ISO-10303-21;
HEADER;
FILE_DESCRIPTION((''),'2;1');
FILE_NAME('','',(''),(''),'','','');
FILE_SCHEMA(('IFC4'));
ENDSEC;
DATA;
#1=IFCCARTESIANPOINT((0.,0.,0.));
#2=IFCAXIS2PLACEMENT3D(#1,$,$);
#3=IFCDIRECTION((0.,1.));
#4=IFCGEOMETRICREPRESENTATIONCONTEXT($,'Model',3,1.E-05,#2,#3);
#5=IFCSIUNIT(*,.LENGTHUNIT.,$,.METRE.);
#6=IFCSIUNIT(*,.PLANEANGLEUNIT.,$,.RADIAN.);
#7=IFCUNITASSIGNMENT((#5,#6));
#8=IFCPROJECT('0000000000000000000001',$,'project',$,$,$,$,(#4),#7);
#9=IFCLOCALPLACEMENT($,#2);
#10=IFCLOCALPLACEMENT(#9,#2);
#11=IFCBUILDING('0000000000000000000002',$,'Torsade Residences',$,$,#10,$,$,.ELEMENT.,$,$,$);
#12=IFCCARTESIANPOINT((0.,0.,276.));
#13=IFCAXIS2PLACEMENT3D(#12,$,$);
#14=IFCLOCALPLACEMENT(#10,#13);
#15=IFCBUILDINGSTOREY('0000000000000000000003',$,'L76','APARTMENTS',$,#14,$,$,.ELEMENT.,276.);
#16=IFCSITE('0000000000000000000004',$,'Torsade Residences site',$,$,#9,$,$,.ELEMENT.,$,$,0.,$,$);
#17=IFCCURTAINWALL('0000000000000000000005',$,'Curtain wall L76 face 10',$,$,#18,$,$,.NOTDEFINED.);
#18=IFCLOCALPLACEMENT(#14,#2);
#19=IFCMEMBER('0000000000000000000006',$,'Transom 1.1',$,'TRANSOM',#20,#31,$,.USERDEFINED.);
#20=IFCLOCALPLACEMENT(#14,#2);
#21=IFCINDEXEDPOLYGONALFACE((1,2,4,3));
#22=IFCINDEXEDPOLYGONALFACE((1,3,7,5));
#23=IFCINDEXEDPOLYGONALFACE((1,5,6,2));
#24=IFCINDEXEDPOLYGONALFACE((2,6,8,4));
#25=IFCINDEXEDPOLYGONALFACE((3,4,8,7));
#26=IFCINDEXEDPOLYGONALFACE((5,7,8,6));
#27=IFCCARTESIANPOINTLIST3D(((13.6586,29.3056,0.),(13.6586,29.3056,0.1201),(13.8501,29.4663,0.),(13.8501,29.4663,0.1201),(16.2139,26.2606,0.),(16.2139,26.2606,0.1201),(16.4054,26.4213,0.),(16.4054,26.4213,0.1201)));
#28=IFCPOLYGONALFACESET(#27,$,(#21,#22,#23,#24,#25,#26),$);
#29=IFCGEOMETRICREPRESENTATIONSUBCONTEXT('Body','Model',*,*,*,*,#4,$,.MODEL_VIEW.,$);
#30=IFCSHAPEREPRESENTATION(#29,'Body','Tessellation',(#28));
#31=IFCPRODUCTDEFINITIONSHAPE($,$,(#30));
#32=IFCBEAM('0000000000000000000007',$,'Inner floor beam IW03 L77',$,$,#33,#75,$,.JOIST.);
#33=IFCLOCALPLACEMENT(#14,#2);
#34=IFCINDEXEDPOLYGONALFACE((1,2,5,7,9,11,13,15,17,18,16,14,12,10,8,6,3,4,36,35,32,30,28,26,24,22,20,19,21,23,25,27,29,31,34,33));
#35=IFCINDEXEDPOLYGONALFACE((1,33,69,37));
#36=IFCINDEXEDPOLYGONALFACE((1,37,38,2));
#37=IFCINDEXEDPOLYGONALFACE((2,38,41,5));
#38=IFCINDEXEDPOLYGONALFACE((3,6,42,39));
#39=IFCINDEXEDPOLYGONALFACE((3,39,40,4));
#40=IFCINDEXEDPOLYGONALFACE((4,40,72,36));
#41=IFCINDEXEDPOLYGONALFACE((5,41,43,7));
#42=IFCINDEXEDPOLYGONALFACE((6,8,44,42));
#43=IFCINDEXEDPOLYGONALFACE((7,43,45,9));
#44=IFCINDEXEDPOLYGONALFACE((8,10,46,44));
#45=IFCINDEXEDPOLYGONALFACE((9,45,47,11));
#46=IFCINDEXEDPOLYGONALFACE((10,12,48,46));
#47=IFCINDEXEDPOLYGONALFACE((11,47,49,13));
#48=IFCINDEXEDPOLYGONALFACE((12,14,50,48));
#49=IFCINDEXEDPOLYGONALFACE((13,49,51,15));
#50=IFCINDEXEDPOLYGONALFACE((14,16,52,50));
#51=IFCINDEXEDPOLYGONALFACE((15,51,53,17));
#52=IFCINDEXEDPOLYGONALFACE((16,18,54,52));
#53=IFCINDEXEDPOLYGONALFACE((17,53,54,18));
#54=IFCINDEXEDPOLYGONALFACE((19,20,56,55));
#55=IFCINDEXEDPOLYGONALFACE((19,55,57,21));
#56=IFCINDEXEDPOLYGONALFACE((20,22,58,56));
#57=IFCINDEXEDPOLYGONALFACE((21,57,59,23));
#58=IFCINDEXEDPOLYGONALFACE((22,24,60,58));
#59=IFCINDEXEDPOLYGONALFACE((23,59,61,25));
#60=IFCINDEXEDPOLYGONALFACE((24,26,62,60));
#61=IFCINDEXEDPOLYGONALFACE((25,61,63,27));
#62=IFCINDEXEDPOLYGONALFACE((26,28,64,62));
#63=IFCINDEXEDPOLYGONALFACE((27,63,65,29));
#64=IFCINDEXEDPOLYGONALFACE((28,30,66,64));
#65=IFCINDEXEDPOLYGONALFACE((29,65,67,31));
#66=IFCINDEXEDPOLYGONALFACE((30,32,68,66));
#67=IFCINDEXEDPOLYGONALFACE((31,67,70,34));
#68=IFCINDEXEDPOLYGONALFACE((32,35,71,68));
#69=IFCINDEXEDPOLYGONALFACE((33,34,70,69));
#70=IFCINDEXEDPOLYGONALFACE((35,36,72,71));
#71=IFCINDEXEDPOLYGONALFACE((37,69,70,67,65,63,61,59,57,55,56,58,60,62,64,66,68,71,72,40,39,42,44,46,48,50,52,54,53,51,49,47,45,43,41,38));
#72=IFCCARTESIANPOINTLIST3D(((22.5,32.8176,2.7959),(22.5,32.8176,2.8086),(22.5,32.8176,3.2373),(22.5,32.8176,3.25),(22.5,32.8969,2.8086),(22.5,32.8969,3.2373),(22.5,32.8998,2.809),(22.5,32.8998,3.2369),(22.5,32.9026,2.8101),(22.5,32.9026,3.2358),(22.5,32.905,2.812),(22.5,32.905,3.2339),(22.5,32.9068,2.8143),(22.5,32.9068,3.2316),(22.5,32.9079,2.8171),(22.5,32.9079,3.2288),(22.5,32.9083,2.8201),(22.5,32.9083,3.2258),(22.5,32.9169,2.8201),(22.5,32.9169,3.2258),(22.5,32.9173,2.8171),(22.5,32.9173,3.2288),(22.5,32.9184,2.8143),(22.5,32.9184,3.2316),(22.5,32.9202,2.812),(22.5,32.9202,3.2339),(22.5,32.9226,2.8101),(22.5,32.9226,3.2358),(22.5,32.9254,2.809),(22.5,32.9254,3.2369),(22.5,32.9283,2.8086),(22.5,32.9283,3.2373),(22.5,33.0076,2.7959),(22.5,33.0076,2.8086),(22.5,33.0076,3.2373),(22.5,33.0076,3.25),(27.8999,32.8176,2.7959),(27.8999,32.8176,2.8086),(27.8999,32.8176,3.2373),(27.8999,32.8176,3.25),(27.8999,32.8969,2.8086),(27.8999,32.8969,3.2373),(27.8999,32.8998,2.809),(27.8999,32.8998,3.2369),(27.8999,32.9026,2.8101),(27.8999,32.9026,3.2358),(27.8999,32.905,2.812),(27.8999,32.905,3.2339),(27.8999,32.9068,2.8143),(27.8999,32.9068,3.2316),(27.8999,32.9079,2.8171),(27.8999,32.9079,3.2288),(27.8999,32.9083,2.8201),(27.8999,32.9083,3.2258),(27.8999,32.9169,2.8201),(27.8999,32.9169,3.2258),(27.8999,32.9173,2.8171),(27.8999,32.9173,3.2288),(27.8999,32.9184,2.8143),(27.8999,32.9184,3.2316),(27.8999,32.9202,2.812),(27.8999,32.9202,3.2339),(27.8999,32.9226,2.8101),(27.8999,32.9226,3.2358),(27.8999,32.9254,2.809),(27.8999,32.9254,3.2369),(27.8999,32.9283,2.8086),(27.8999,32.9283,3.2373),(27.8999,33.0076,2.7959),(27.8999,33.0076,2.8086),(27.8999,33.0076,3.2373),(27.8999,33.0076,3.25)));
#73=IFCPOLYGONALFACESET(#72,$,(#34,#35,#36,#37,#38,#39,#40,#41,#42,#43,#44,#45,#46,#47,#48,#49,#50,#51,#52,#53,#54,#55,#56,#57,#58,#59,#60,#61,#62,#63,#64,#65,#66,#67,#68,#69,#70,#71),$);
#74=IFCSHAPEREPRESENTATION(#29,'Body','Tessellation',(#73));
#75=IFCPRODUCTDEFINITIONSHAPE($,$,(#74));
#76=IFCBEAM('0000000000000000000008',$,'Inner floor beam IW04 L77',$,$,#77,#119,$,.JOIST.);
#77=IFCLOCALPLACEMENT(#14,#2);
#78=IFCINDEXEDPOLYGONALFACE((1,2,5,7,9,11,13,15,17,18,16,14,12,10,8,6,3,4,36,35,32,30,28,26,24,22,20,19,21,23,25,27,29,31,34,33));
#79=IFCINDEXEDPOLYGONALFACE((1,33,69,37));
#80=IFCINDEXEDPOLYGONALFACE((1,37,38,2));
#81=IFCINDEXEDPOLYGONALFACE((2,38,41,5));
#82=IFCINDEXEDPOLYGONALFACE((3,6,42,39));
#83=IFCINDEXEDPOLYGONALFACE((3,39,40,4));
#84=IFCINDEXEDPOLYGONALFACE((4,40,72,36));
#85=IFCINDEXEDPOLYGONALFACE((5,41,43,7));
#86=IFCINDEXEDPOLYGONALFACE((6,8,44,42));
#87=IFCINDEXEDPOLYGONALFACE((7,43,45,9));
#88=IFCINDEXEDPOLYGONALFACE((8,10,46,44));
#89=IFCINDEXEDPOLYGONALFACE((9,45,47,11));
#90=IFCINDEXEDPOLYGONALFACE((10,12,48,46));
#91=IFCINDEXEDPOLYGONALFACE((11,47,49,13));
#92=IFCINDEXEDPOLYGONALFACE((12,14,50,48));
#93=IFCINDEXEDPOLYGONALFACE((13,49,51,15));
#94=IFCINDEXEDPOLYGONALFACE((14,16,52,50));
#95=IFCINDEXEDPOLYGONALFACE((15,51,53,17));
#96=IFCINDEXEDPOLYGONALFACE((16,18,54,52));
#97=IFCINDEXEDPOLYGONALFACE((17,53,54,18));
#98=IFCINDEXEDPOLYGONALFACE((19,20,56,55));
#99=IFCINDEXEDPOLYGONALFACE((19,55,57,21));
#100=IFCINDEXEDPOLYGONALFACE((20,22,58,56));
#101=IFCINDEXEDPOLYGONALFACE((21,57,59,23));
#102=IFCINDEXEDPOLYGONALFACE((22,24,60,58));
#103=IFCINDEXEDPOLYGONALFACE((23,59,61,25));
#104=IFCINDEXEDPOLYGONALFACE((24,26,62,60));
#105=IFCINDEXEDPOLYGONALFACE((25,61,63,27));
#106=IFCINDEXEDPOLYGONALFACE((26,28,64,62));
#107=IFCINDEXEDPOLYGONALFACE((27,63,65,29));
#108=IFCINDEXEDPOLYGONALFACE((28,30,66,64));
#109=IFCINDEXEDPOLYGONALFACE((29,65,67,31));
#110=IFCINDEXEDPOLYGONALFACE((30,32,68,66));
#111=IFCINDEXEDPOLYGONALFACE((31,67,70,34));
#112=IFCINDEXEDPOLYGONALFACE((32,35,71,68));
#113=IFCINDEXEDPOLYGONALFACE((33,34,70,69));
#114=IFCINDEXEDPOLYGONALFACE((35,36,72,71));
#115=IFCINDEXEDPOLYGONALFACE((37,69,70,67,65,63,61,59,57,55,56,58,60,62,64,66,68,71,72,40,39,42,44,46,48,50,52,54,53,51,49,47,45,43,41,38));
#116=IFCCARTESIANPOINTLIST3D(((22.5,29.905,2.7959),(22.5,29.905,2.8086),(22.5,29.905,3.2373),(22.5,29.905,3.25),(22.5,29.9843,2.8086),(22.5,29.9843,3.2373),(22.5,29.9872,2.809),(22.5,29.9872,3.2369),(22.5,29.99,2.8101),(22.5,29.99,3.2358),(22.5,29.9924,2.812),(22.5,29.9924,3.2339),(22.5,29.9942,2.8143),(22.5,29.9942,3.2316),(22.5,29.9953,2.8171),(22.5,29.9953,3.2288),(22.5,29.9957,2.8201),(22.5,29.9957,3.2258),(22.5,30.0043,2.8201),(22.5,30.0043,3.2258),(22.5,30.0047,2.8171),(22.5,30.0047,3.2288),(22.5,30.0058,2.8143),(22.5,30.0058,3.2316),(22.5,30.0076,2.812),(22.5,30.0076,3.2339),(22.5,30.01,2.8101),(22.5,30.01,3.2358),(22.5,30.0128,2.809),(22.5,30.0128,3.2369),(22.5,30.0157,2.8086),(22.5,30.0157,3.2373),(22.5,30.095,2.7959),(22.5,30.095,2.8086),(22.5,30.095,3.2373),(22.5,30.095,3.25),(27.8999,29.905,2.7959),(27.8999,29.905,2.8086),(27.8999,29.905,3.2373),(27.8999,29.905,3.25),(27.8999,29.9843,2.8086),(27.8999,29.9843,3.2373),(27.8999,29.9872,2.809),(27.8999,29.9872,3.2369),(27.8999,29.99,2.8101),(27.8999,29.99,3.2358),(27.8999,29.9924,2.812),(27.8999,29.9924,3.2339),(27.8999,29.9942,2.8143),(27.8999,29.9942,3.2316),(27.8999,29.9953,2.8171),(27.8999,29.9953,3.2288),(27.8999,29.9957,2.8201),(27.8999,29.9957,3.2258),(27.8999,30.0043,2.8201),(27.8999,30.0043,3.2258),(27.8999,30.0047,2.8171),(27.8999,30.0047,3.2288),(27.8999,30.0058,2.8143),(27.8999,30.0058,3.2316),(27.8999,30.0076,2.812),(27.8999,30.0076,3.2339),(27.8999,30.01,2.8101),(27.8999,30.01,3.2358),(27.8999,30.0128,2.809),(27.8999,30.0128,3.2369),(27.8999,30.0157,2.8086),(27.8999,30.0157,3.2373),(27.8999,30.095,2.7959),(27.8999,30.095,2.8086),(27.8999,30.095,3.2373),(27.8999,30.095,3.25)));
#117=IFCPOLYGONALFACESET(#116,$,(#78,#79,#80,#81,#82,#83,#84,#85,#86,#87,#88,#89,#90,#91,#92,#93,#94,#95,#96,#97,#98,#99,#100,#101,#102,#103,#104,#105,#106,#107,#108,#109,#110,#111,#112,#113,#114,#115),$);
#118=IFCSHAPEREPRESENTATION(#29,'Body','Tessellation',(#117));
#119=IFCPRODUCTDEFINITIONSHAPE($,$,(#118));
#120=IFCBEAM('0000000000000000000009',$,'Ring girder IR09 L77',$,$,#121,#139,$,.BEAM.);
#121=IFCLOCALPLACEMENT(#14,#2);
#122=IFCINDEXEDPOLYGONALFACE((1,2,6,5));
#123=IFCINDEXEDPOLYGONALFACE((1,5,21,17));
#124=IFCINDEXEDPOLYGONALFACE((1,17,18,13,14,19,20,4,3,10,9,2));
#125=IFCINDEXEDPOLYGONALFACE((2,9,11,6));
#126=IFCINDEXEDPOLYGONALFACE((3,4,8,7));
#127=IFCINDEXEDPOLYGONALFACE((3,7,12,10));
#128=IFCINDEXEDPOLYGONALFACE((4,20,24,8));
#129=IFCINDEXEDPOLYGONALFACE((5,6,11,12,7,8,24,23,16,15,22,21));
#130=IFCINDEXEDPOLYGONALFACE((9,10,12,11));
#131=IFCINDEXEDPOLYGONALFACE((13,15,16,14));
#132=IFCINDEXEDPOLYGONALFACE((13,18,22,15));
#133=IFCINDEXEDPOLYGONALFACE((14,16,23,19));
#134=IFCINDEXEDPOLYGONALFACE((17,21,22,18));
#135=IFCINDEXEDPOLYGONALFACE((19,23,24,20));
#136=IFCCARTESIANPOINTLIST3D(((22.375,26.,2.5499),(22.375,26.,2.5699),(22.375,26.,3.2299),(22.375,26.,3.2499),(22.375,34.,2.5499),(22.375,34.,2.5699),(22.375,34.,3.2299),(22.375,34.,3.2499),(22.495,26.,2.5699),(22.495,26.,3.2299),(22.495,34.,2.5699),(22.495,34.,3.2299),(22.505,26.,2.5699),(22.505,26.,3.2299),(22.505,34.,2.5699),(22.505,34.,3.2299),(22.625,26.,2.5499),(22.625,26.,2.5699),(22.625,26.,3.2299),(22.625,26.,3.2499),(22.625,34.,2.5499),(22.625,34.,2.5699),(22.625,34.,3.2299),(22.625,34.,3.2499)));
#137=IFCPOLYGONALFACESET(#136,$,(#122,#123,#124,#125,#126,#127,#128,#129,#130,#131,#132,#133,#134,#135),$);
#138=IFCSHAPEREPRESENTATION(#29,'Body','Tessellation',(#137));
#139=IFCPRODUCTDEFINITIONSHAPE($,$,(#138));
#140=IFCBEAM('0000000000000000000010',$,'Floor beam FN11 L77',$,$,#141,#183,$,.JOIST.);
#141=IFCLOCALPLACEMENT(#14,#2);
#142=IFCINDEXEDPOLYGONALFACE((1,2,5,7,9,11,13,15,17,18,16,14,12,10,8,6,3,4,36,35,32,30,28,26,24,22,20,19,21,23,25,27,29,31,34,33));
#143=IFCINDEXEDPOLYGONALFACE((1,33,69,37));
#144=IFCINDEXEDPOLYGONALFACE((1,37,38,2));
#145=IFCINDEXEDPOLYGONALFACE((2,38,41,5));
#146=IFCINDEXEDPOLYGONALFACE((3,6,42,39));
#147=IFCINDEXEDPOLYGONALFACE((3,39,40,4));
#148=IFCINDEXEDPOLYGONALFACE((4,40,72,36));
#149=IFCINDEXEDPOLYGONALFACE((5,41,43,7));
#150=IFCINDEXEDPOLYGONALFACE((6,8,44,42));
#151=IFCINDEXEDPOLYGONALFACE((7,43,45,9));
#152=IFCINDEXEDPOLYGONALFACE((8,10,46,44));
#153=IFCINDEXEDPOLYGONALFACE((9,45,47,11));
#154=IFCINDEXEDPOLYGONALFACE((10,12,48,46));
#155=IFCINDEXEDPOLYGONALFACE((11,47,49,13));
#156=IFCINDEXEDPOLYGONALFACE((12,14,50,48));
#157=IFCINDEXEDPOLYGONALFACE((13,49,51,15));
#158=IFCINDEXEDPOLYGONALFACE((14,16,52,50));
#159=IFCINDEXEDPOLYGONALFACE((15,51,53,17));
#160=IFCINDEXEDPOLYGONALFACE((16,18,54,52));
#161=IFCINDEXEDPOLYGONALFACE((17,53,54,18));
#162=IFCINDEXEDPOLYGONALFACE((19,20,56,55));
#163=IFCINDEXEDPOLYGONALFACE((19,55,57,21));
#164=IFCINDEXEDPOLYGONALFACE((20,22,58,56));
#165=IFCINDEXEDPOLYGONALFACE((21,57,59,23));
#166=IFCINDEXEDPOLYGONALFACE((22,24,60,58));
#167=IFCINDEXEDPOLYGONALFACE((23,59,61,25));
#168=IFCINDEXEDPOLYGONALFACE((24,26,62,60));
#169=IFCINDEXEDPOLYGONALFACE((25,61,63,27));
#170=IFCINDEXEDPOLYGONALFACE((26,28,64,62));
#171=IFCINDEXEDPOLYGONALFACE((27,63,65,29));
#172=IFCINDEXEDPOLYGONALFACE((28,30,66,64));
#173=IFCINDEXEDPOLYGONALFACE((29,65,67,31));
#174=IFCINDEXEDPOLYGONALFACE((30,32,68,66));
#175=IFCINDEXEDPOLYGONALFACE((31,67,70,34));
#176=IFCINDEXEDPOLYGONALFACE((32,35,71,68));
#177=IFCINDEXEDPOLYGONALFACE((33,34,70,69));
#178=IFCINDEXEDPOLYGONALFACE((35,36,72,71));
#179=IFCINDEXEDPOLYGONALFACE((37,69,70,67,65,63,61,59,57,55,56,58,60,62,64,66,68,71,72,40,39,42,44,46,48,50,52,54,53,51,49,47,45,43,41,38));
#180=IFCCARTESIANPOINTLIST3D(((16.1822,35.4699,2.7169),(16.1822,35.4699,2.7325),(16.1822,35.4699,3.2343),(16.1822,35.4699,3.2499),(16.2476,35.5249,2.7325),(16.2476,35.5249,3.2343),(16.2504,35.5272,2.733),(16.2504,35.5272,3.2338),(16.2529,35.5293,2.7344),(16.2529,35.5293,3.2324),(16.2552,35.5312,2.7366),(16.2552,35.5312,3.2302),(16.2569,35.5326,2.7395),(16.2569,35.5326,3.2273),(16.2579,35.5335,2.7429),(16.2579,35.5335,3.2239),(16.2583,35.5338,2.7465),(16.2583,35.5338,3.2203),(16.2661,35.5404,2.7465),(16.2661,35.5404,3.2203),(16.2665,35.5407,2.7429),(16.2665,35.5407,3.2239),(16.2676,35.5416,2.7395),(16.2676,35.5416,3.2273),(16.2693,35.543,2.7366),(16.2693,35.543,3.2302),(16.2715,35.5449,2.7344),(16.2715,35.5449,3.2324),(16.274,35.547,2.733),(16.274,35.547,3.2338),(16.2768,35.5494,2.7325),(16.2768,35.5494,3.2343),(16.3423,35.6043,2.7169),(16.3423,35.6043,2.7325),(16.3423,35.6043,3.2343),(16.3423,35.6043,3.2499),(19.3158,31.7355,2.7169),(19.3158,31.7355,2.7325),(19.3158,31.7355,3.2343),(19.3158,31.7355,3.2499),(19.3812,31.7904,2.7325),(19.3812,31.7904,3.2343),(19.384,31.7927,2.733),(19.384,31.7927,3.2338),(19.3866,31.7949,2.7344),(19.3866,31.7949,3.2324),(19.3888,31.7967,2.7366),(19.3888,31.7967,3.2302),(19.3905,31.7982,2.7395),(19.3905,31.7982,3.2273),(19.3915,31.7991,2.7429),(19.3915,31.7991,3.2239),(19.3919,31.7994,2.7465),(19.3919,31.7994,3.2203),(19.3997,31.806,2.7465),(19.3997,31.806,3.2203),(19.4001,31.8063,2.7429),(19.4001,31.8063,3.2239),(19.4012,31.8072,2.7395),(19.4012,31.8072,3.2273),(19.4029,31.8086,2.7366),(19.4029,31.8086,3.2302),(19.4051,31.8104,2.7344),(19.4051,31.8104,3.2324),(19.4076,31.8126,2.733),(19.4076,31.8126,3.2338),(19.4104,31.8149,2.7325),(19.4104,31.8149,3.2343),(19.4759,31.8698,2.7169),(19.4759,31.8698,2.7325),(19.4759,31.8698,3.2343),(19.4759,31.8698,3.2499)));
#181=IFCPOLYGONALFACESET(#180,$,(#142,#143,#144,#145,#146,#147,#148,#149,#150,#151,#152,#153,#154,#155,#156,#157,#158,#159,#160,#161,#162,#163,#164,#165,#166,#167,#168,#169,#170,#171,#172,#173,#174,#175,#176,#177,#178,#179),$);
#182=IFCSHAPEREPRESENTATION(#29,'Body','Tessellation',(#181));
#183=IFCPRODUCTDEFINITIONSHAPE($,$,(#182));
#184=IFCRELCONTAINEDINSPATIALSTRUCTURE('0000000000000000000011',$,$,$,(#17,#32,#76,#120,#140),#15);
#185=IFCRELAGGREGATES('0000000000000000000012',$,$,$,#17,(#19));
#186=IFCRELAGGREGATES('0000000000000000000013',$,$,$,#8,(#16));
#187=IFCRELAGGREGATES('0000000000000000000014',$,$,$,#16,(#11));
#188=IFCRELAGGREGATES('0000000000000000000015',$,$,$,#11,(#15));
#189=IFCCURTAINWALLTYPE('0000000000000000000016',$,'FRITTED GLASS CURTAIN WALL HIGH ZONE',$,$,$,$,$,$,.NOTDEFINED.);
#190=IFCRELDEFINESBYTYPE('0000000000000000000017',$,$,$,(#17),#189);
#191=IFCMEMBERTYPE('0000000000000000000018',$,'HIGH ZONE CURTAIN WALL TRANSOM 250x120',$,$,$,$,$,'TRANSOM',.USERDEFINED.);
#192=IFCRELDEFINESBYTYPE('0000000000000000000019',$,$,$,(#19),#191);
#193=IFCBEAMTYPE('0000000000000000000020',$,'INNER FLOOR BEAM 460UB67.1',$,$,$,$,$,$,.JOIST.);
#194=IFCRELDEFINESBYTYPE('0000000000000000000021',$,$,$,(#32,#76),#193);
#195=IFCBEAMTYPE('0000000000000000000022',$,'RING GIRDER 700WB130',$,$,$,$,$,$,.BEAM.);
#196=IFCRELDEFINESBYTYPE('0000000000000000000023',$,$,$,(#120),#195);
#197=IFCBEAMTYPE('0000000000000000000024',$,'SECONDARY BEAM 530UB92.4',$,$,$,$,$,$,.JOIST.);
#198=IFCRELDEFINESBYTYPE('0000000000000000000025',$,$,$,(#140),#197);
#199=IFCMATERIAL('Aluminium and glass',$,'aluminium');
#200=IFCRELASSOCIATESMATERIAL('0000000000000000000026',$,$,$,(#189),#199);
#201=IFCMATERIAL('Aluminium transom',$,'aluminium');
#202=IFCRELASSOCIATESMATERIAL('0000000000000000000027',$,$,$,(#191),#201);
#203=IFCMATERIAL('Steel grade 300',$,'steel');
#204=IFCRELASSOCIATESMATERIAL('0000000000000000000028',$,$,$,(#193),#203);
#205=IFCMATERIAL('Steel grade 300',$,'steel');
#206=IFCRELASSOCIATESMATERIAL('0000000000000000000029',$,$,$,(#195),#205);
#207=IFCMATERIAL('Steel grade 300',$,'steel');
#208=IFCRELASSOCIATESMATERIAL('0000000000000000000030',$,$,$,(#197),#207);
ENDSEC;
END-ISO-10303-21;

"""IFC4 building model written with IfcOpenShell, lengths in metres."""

from ifc_helpers import new_model, si_unit, direction, frame, origin, origin_2d, place, context, subcontext, project, spatial, rectangle, i_section, extrude, material, material_profile, profile_set, type_object, element, aggregate, save


model = new_model("IFC4")

# Units and contexts
model_context = context("Model", 3, precision=1e-05, world=origin(), true_north=direction((0.0, 1.0)))
body_context = subcontext(model_context, "Body", "Model", "MODEL_VIEW")
ifc_project = project(units=[si_unit("LENGTHUNIT", "METRE"), si_unit("PLANEANGLEUNIT", "RADIAN")], contexts=[model_context])

# Site, building, storey
site_placement = place(None, origin())
site = spatial("IfcSite", under=ifc_project, at=site_placement, Name="Torsade Residences site", CompositionType="ELEMENT", RefElevation=0.0)
building_placement = place(site_placement, origin())
building = spatial("IfcBuilding", under=site, at=building_placement, Name="Torsade Residences", CompositionType="ELEMENT")
storey_placement = place(building_placement, frame((0.0, 0.0, 276.0)))
storey = spatial("IfcBuildingStorey", under=building, at=storey_placement, Name="L76", Description="APARTMENTS", CompositionType="ELEMENT", Elevation=276.0)

# Shared definitions
ifc_material_1 = material(Name="Aluminium and glass", Category="aluminium")
curtain_wall_type = type_object("IfcCurtainWallType", Name="FRITTED GLASS CURTAIN WALL HIGH ZONE", PredefinedType="NOTDEFINED", material=ifc_material_1)

# Curtain wall, member
curtain_wall_1_placement = place(storey_placement, origin())
curtain_wall_1 = element("IfcCurtainWall", 1, at=curtain_wall_1_placement, inside=storey, type_object=curtain_wall_type, Name="Curtain wall L76 face 10", PredefinedType="NOTDEFINED")
ifc_material_2 = material(Name="Aluminium transom", Category="aluminium")
ifc_material_profile_1 = material_profile(ifc_material_2, rectangle(XDim=0.25, YDim=0.1201, at=origin_2d()), Name="HIGH ZONE CURTAIN WALL TRANSOM 250x120")
ifc_profile_set_1 = profile_set([ifc_material_profile_1], Name="Aluminium transom")
member_type_1 = type_object("IfcMemberType", Name="HIGH ZONE CURTAIN WALL TRANSOM 250x120", ElementType="TRANSOM", PredefinedType="USERDEFINED", material=ifc_profile_set_1)
member_1_placement = place(storey_placement, frame((13.7544, 29.386, 0.0601), z_axis=(0.642815, -0.766022, 0.0), x_axis=(0.766022, 0.642815, 0.0)))
member_1 = element("IfcMember", 2, at=member_1_placement, type_object=member_type_1, Name="Transom 1.1", ObjectType="TRANSOM", PredefinedType="USERDEFINED", context=body_context, shape_type="SweptSolid", body=[
    extrude(rectangle(XDim=0.25, YDim=0.1201, at=origin_2d()), origin(), (0.0, 0.0, 1.0), 3.9751),
])
aggregate(curtain_wall_1, [member_1])

# Beams
ifc_material_3 = material(Name="Steel grade 300", Category="steel")
ifc_material_profile_2 = material_profile(ifc_material_3, i_section(OverallWidth=0.1899, OverallDepth=0.4541, WebThickness=0.0085, FlangeThickness=0.0127, FilletRadius=0.0115, at=origin_2d()), Name="460UB67.1")
ifc_profile_set_2 = profile_set([ifc_material_profile_2], Name="Steel grade 300")
beam_type_1 = type_object("IfcBeamType", Name="INNER FLOOR BEAM 460UB67.1", PredefinedType="JOIST", material=ifc_profile_set_2)
for number, where, z_axis, x_axis, name in (
    (3, (27.8999, 32.9126, 3.0229), (-1.0, 0.0, 0.0), (0.0, -1.0, 0.0), "Inner floor beam IW03 L77"),
    (4, (27.8999, 30.0, 3.0229), (-1.0, 0.0, 0.0), (0.0, -1.0, 0.0), "Inner floor beam IW04 L77"),
):
    element("IfcBeam", number, at=place(storey_placement, frame(where, z_axis=z_axis, x_axis=x_axis)), inside=storey, type_object=beam_type_1, Name=name, PredefinedType="JOIST", context=body_context, shape_type="SweptSolid", body=[
        extrude(i_section(OverallWidth=0.1899, OverallDepth=0.4541, WebThickness=0.0085, FlangeThickness=0.0127, FilletRadius=0.0115, at=origin_2d()), origin(), (0.0, 0.0, 1.0), 5.3999),
    ])
ifc_material_4 = material(Name="Steel grade 300", Category="steel")
ifc_material_profile_3 = material_profile(ifc_material_4, i_section(OverallWidth=0.25, OverallDepth=0.7, WebThickness=0.01, FlangeThickness=0.02, at=origin_2d()), Name="700WB130")
ifc_profile_set_3 = profile_set([ifc_material_profile_3], Name="Steel grade 300")
beam_type_2 = type_object("IfcBeamType", Name="RING GIRDER 700WB130", PredefinedType="BEAM", material=ifc_profile_set_3)
beam_1_placement = place(storey_placement, frame((22.5, 34.0, 2.8999), z_axis=(0.0, -1.0, 0.0), x_axis=(1.0, 0.0, 0.0)))
element("IfcBeam", 5, at=beam_1_placement, inside=storey, type_object=beam_type_2, Name="Ring girder IR09 L77", PredefinedType="BEAM", context=body_context, shape_type="SweptSolid", body=[
    extrude(i_section(OverallWidth=0.25, OverallDepth=0.7, WebThickness=0.01, FlangeThickness=0.02, at=origin_2d()), origin(), (0.0, 0.0, 1.0), 8.0),
])
ifc_material_5 = material(Name="Steel grade 300", Category="steel")
ifc_material_profile_4 = material_profile(ifc_material_5, i_section(OverallWidth=0.209, OverallDepth=0.533, WebThickness=0.0103, FlangeThickness=0.0156, FilletRadius=0.0139, at=origin_2d()), Name="530UB92.4")
ifc_profile_set_4 = profile_set([ifc_material_profile_4], Name="Steel grade 300")
beam_type_3 = type_object("IfcBeamType", Name="SECONDARY BEAM 530UB92.4", PredefinedType="JOIST", material=ifc_profile_set_4)
beam_2_placement = place(storey_placement, frame((16.2622, 35.5371, 2.9834), z_axis=(0.642791, -0.766041, 0.0), x_axis=(0.766041, 0.642791, 0.0)))
element("IfcBeam", 6, at=beam_2_placement, inside=storey, type_object=beam_type_3, Name="Floor beam FN11 L77", PredefinedType="JOIST", context=body_context, shape_type="SweptSolid", body=[
    extrude(i_section(OverallWidth=0.209, OverallDepth=0.533, WebThickness=0.0103, FlangeThickness=0.0156, FilletRadius=0.0139, at=origin_2d()), origin(), (0.0, 0.0, 1.0), 4.875),
])

save(model, "model.ifc")
